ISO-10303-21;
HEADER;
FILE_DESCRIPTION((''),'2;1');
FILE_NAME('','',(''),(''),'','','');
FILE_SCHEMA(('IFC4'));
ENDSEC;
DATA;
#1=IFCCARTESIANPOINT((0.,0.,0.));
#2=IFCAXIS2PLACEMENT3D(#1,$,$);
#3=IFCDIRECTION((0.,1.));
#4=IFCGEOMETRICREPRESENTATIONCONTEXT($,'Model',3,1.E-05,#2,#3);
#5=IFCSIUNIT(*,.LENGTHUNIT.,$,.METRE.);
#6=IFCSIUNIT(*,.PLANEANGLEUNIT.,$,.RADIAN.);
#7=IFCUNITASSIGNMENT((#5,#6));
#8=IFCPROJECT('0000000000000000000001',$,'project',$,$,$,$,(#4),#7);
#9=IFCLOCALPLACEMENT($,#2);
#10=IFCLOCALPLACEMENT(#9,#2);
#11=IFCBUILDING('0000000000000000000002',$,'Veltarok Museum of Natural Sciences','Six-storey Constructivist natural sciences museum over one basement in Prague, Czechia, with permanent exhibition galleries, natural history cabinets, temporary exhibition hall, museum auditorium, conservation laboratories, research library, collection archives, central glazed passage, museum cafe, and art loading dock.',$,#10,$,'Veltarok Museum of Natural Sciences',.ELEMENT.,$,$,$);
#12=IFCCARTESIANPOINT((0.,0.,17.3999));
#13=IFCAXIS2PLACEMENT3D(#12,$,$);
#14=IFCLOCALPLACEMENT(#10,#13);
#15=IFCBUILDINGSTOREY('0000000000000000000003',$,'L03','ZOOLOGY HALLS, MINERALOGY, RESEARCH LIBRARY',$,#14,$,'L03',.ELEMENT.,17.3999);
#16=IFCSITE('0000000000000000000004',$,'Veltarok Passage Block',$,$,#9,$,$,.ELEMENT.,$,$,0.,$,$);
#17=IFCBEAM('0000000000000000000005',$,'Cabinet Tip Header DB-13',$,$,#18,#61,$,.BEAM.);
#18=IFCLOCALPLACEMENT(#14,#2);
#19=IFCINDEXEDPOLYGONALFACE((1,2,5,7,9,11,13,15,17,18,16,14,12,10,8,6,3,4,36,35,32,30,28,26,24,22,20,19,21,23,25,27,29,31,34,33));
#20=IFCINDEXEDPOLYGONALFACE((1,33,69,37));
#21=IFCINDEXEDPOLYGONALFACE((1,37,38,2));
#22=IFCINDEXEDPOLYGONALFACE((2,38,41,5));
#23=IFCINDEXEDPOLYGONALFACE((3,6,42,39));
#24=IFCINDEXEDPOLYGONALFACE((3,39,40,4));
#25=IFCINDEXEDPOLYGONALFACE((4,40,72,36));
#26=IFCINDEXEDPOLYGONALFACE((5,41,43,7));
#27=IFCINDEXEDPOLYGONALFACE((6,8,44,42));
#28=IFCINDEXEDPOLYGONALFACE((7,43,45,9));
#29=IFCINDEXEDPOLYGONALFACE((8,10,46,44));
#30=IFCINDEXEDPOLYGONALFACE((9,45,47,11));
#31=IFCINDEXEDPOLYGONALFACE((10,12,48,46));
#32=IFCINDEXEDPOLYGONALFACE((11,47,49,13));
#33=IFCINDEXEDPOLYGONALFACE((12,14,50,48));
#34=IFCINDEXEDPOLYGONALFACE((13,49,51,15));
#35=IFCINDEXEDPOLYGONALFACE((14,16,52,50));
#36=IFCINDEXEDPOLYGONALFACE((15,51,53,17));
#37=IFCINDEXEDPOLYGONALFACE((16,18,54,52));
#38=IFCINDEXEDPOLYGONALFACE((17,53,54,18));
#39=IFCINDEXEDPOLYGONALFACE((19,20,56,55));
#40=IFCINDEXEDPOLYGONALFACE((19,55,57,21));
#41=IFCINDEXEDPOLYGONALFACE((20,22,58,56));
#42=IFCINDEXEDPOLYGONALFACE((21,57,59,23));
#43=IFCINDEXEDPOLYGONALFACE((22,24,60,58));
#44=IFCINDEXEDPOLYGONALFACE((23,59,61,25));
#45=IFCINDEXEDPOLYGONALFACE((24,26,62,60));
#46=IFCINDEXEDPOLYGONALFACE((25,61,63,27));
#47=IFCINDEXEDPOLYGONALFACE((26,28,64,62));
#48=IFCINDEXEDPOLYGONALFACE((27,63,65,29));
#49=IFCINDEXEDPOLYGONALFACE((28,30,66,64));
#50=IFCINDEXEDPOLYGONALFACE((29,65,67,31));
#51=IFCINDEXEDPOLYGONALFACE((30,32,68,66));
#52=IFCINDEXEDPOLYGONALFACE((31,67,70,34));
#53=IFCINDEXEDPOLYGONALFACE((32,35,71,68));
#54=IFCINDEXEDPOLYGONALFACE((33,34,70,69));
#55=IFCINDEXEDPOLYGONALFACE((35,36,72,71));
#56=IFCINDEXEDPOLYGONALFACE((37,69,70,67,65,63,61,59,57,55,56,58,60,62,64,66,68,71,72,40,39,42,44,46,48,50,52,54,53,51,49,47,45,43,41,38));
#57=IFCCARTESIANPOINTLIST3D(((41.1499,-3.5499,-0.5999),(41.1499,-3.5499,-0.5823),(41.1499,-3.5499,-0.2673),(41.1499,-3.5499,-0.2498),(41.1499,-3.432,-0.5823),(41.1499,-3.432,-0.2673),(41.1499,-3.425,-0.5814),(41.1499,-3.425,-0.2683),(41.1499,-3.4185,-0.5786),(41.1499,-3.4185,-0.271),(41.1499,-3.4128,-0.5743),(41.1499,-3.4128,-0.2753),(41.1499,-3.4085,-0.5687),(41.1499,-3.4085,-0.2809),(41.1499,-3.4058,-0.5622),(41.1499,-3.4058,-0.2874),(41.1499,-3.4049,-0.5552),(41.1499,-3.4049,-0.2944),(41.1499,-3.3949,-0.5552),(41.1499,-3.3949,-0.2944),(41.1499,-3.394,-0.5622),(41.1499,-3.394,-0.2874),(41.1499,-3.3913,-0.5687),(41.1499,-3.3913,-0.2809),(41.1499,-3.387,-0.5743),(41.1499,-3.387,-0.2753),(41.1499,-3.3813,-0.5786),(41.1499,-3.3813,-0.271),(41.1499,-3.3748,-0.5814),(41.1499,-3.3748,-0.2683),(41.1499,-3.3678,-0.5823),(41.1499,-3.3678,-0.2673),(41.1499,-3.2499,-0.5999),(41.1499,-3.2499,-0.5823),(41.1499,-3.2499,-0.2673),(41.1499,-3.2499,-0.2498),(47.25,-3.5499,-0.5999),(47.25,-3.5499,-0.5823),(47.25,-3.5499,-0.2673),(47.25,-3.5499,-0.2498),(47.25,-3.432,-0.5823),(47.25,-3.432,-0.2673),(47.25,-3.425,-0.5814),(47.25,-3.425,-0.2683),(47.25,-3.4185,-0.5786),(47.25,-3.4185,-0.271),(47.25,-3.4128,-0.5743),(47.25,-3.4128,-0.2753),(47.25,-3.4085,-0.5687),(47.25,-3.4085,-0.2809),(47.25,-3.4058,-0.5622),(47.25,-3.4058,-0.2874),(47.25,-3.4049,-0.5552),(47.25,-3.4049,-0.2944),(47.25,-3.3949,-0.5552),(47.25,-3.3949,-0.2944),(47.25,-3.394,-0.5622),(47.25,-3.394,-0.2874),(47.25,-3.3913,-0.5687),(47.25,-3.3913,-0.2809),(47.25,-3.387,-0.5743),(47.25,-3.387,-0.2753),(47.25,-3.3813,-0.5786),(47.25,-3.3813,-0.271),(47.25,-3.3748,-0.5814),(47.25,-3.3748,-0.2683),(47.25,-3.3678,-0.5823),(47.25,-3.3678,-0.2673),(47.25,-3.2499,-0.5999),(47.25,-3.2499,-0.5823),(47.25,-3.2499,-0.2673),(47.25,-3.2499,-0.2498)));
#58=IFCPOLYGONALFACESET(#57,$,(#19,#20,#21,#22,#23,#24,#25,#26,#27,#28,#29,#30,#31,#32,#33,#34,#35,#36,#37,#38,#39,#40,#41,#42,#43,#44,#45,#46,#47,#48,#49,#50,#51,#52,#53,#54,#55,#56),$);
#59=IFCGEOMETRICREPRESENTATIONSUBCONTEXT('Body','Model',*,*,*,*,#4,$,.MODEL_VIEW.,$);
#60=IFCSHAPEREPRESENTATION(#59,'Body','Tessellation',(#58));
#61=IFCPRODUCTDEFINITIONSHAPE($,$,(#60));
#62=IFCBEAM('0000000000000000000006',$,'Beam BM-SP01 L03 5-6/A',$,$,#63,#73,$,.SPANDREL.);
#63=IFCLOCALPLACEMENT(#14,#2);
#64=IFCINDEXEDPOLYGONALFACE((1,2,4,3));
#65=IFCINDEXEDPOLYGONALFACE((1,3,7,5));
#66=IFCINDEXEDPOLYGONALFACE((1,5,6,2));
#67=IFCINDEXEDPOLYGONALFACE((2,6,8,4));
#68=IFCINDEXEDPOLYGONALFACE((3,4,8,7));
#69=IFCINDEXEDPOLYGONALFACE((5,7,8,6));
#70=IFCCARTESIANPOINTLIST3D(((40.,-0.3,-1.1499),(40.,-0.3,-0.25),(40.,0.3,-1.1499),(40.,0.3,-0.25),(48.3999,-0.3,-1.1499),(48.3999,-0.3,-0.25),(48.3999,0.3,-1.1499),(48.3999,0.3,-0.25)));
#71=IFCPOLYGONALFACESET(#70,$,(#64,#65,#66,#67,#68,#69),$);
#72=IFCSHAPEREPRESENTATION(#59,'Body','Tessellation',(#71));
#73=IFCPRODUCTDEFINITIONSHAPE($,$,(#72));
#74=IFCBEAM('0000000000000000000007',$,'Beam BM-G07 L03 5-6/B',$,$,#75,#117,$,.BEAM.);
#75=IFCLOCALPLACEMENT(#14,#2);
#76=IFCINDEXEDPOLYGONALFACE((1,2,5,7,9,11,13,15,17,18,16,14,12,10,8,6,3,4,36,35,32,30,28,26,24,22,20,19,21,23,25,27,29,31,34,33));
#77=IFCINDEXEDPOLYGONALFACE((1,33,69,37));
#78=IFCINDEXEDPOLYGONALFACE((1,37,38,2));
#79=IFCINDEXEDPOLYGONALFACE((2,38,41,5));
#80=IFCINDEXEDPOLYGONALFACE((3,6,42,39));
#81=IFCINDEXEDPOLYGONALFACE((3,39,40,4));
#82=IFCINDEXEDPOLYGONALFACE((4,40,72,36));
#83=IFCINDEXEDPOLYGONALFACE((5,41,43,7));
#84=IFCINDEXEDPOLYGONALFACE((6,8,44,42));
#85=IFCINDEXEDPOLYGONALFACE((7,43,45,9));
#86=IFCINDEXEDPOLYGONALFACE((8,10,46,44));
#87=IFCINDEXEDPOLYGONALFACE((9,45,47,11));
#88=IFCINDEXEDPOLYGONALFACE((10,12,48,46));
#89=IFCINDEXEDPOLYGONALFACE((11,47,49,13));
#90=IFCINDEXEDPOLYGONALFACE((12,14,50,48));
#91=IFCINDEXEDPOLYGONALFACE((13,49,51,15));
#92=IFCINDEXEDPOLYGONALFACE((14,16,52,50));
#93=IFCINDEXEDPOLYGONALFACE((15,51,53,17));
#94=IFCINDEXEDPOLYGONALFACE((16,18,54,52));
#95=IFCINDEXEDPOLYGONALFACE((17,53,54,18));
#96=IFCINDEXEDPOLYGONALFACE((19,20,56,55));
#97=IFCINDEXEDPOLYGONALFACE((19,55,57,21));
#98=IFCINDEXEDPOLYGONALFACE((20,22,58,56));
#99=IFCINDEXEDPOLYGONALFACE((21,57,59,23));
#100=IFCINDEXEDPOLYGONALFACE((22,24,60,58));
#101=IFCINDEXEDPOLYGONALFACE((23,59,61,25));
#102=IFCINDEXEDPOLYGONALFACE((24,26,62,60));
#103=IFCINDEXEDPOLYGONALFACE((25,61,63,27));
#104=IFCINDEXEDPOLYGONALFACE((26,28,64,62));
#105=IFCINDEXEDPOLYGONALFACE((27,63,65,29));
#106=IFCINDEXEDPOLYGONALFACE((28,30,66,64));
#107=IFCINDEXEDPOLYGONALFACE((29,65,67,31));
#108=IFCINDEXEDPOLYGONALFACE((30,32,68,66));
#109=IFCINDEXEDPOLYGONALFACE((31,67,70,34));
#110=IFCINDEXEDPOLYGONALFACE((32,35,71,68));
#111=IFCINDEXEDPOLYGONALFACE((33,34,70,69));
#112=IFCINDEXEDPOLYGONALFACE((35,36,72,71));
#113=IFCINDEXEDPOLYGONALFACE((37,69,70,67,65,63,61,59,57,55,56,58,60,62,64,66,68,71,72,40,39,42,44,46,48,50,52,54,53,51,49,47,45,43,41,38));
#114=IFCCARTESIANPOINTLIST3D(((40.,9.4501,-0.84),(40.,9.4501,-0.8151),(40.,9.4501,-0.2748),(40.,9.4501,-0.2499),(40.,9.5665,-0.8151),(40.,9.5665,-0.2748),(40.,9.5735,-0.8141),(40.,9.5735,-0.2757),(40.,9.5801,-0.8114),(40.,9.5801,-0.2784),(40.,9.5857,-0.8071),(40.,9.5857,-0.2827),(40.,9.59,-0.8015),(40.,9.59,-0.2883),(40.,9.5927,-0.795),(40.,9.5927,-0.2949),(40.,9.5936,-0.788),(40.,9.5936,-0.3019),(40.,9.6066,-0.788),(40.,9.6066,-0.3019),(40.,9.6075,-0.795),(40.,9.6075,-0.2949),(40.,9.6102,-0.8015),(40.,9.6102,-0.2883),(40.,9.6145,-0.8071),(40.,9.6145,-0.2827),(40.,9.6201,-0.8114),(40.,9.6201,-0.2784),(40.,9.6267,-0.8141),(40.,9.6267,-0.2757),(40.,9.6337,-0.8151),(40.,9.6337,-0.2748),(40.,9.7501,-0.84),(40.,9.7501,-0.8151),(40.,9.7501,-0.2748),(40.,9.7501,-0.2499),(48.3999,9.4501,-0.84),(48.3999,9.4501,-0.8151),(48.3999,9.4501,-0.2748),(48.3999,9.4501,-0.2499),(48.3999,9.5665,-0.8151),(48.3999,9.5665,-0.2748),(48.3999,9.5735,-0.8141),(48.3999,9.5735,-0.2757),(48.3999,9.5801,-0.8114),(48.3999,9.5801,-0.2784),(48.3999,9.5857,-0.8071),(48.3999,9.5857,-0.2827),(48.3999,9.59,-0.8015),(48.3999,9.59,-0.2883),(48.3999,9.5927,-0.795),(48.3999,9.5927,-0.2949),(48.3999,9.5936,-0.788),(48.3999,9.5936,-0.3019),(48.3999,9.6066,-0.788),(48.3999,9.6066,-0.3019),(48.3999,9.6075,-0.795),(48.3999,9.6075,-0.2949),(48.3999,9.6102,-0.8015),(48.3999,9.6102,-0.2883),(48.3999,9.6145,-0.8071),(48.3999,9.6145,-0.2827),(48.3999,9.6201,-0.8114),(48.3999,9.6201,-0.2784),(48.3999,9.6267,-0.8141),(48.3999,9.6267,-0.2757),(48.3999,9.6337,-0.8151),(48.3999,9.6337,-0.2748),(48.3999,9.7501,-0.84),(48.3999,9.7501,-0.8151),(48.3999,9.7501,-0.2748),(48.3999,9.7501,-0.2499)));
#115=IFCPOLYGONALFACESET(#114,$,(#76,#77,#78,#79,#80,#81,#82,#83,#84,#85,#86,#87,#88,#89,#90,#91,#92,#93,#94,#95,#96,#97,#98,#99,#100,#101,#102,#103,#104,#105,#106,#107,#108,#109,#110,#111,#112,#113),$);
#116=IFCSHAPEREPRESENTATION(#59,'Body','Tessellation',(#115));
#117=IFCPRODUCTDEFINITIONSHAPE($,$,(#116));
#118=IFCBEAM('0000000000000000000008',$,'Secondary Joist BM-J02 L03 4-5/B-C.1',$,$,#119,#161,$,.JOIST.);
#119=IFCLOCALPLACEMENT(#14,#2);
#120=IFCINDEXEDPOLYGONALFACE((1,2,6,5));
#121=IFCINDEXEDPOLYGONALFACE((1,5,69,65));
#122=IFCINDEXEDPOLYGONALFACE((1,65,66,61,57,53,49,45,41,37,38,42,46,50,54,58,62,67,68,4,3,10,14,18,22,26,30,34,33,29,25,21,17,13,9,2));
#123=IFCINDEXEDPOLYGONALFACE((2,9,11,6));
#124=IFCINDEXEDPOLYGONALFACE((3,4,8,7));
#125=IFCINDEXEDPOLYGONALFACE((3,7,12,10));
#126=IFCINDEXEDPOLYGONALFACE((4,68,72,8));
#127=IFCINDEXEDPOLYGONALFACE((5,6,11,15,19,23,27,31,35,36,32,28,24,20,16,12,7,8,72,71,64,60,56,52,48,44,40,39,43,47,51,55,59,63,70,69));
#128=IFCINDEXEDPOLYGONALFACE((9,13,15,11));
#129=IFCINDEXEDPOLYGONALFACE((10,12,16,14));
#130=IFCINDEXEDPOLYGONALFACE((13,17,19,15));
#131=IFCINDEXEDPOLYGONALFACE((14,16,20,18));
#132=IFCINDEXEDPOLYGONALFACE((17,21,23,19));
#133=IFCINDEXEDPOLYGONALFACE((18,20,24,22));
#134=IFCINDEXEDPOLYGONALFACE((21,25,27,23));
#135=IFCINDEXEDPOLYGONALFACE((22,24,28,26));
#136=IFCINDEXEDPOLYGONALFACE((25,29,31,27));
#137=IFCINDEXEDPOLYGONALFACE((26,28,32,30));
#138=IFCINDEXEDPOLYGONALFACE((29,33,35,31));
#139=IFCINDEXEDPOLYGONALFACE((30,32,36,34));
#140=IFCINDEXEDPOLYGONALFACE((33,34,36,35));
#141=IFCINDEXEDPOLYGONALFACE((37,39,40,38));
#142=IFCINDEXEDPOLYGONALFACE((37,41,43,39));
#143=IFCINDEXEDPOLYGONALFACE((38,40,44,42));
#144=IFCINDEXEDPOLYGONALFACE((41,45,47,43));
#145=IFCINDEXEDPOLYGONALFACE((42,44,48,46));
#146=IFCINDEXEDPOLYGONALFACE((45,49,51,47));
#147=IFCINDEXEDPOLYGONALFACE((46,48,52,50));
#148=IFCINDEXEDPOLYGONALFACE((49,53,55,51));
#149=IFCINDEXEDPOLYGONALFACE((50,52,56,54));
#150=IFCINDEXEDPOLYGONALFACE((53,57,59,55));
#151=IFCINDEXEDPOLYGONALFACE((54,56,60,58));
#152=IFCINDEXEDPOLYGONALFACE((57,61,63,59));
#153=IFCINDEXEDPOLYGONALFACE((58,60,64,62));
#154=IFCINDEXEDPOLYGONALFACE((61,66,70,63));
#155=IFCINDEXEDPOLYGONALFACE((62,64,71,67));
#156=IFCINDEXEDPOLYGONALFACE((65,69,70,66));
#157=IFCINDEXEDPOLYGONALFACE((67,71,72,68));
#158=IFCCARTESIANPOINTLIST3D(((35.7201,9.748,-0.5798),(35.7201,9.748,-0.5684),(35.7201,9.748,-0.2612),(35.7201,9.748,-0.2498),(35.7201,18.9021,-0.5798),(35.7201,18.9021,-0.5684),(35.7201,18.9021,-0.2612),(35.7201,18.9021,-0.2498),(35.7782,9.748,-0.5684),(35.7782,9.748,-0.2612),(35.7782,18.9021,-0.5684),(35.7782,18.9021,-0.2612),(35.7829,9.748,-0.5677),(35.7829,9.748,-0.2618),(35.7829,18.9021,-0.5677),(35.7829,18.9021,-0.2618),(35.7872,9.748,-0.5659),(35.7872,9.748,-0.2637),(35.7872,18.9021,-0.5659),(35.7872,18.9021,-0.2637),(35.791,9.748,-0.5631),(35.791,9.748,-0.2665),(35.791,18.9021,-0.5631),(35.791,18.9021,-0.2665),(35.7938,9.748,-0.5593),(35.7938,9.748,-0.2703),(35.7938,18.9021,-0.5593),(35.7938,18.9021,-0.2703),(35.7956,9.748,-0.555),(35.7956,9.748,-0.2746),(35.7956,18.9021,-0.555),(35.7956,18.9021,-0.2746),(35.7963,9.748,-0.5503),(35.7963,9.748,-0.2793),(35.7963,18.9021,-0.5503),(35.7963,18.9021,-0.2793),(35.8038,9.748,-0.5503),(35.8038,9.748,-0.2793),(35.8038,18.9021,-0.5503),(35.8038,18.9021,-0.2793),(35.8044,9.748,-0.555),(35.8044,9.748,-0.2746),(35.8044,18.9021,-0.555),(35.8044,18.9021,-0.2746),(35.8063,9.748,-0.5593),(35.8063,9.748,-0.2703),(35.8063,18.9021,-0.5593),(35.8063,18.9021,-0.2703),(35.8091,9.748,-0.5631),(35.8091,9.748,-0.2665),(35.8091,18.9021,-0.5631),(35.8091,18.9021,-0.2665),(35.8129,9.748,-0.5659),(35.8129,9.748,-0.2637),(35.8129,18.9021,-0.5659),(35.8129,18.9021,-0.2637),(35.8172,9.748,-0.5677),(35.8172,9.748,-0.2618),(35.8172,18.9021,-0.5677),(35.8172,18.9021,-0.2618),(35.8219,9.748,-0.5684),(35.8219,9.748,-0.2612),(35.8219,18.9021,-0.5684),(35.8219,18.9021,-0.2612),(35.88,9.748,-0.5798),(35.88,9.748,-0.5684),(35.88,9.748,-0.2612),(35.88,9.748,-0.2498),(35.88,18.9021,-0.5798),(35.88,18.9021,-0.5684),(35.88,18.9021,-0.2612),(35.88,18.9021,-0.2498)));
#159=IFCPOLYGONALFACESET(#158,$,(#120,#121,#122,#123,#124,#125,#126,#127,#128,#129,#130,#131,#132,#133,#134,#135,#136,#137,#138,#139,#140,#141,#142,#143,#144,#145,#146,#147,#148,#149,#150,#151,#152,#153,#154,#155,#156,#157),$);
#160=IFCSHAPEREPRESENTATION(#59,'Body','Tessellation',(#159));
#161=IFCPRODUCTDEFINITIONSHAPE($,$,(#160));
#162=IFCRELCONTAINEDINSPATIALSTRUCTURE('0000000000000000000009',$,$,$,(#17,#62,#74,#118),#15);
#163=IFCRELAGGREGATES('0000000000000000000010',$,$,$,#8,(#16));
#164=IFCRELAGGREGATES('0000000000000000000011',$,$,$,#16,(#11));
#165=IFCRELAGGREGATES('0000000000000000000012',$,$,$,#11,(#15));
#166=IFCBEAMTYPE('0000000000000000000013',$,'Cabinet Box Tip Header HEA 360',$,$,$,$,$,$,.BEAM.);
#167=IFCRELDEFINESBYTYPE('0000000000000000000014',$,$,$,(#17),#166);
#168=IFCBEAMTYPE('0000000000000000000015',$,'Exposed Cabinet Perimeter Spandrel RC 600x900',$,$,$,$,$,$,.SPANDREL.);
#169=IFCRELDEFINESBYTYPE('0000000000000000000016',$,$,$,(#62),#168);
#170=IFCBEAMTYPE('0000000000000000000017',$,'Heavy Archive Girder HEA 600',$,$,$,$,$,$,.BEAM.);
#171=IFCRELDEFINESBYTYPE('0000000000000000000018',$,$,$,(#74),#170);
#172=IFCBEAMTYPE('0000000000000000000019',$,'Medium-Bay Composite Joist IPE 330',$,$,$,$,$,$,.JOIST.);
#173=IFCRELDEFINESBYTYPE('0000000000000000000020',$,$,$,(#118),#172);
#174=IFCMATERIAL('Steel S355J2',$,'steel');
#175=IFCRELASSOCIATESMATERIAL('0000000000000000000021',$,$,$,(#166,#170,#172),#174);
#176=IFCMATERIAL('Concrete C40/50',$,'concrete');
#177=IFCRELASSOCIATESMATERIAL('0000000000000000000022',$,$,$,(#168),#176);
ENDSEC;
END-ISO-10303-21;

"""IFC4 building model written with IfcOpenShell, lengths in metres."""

from ifc_helpers import new_model, si_unit, direction, frame, origin, origin_2d, place, context, subcontext, project, spatial, rectangle, i_section, extrude, material, material_profile, profile_set, type_object, element, save


model = new_model("IFC4")

# Units and contexts
model_context = context("Model", 3, precision=1e-05, world=origin(), true_north=direction((0.0, 1.0)))
body_context = subcontext(model_context, "Body", "Model", "MODEL_VIEW")
ifc_project = project(units=[si_unit("LENGTHUNIT", "METRE"), si_unit("PLANEANGLEUNIT", "RADIAN")], contexts=[model_context])

# Site, building, storey
site_placement = place(None, origin())
site = spatial("IfcSite", under=ifc_project, at=site_placement, Name="Veltarok Passage Block", CompositionType="ELEMENT", RefElevation=0.0)
building_placement = place(site_placement, origin())
building = spatial("IfcBuilding", under=site, at=building_placement, Name="Veltarok Museum of Natural Sciences", Description="Six-storey Constructivist natural sciences museum over one basement in Prague, Czechia, with permanent exhibition galleries, natural history cabinets, temporary exhibition hall, museum auditorium, conservation laboratories, research library, collection archives, central glazed passage, museum cafe, and art loading dock.", LongName="Veltarok Museum of Natural Sciences", CompositionType="ELEMENT")
storey_placement = place(building_placement, frame((0.0, 0.0, 17.3999)))
storey = spatial("IfcBuildingStorey", under=building, at=storey_placement, Name="L03", Description="ZOOLOGY HALLS, MINERALOGY, RESEARCH LIBRARY", LongName="L03", CompositionType="ELEMENT", Elevation=17.3999)

# Shared definitions
ifc_material_1 = material(Name="Concrete C40/50", Category="concrete")
ifc_material_2 = material(Name="Steel S355J2", Category="steel")

# Beams
ifc_material_profile_1 = material_profile(ifc_material_2, i_section(OverallWidth=0.3, OverallDepth=0.3501, WebThickness=0.01, FlangeThickness=0.0176, FilletRadius=0.0271, at=origin_2d()), Name="HEA 360")
ifc_profile_set_1 = profile_set([ifc_material_profile_1], Name="Steel S355J2")
beam_type_1 = type_object("IfcBeamType", Name="Cabinet Box Tip Header HEA 360", PredefinedType="BEAM", material=ifc_profile_set_1)
beam_1_placement = place(storey_placement, frame((41.1499, -3.3999, -0.4248), z_axis=(1.0, 0.0, 0.0), x_axis=(0.0, 1.0, 0.0)))
element("IfcBeam", 1, at=beam_1_placement, inside=storey, type_object=beam_type_1, Name="Cabinet Tip Header DB-13", PredefinedType="BEAM", context=body_context, shape_type="SweptSolid", body=[
    extrude(i_section(OverallWidth=0.3, OverallDepth=0.3501, WebThickness=0.01, FlangeThickness=0.0176, FilletRadius=0.0271, at=origin_2d()), origin(), (0.0, 0.0, 1.0), 6.1001),
])
ifc_material_profile_2 = material_profile(ifc_material_1, rectangle(XDim=0.6001, YDim=0.8999, at=origin_2d()), Name="RC 600x900")
ifc_profile_set_2 = profile_set([ifc_material_profile_2], Name="Concrete C40/50")
beam_type_2 = type_object("IfcBeamType", Name="Exposed Cabinet Perimeter Spandrel RC 600x900", PredefinedType="SPANDREL", material=ifc_profile_set_2)
beam_2_placement = place(storey_placement, frame((40.0, 0.0, -0.7), z_axis=(1.0, 0.0, 0.0), x_axis=(0.0, 1.0, 0.0)))
element("IfcBeam", 2, at=beam_2_placement, inside=storey, type_object=beam_type_2, Name="Beam BM-SP01 L03 5-6/A", PredefinedType="SPANDREL", context=body_context, shape_type="SweptSolid", body=[
    extrude(rectangle(XDim=0.6001, YDim=0.8999, at=origin_2d()), origin(), (0.0, 0.0, 1.0), 8.3999),
])
ifc_material_profile_3 = material_profile(ifc_material_2, i_section(OverallWidth=0.3, OverallDepth=0.5901, WebThickness=0.0129, FlangeThickness=0.0249, FilletRadius=0.0271, at=origin_2d()), Name="HEA 600")
ifc_profile_set_3 = profile_set([ifc_material_profile_3], Name="Steel S355J2")
beam_type_3 = type_object("IfcBeamType", Name="Heavy Archive Girder HEA 600", PredefinedType="BEAM", material=ifc_profile_set_3)
beam_3_placement = place(storey_placement, frame((40.0, 9.6001, -0.5449), z_axis=(1.0, 0.0, 0.0), x_axis=(0.0, 1.0, 0.0)))
element("IfcBeam", 3, at=beam_3_placement, inside=storey, type_object=beam_type_3, Name="Beam BM-G07 L03 5-6/B", PredefinedType="BEAM", context=body_context, shape_type="SweptSolid", body=[
    extrude(i_section(OverallWidth=0.3, OverallDepth=0.5901, WebThickness=0.0129, FlangeThickness=0.0249, FilletRadius=0.0271, at=origin_2d()), origin(), (0.0, 0.0, 1.0), 8.3999),
])
ifc_material_profile_4 = material_profile(ifc_material_2, i_section(OverallWidth=0.1599, OverallDepth=0.3301, WebThickness=0.0076, FlangeThickness=0.0115, FilletRadius=0.0181, at=origin_2d()), Name="IPE 330")
ifc_profile_set_4 = profile_set([ifc_material_profile_4], Name="Steel S355J2")
beam_type_4 = type_object("IfcBeamType", Name="Medium-Bay Composite Joist IPE 330", PredefinedType="JOIST", material=ifc_profile_set_4)
beam_4_placement = place(storey_placement, frame((35.8, 9.748, -0.4148), z_axis=(0.0, 1.0, 0.0), x_axis=(-1.0, 0.0, 0.0)))
element("IfcBeam", 4, at=beam_4_placement, inside=storey, type_object=beam_type_4, Name="Secondary Joist BM-J02 L03 4-5/B-C.1", PredefinedType="JOIST", context=body_context, shape_type="SweptSolid", body=[
    extrude(i_section(OverallWidth=0.1599, OverallDepth=0.3301, WebThickness=0.0076, FlangeThickness=0.0115, FilletRadius=0.0181, at=origin_2d()), origin(), (0.0, 0.0, 1.0), 9.1541),
])

save(model, "model.ifc")
